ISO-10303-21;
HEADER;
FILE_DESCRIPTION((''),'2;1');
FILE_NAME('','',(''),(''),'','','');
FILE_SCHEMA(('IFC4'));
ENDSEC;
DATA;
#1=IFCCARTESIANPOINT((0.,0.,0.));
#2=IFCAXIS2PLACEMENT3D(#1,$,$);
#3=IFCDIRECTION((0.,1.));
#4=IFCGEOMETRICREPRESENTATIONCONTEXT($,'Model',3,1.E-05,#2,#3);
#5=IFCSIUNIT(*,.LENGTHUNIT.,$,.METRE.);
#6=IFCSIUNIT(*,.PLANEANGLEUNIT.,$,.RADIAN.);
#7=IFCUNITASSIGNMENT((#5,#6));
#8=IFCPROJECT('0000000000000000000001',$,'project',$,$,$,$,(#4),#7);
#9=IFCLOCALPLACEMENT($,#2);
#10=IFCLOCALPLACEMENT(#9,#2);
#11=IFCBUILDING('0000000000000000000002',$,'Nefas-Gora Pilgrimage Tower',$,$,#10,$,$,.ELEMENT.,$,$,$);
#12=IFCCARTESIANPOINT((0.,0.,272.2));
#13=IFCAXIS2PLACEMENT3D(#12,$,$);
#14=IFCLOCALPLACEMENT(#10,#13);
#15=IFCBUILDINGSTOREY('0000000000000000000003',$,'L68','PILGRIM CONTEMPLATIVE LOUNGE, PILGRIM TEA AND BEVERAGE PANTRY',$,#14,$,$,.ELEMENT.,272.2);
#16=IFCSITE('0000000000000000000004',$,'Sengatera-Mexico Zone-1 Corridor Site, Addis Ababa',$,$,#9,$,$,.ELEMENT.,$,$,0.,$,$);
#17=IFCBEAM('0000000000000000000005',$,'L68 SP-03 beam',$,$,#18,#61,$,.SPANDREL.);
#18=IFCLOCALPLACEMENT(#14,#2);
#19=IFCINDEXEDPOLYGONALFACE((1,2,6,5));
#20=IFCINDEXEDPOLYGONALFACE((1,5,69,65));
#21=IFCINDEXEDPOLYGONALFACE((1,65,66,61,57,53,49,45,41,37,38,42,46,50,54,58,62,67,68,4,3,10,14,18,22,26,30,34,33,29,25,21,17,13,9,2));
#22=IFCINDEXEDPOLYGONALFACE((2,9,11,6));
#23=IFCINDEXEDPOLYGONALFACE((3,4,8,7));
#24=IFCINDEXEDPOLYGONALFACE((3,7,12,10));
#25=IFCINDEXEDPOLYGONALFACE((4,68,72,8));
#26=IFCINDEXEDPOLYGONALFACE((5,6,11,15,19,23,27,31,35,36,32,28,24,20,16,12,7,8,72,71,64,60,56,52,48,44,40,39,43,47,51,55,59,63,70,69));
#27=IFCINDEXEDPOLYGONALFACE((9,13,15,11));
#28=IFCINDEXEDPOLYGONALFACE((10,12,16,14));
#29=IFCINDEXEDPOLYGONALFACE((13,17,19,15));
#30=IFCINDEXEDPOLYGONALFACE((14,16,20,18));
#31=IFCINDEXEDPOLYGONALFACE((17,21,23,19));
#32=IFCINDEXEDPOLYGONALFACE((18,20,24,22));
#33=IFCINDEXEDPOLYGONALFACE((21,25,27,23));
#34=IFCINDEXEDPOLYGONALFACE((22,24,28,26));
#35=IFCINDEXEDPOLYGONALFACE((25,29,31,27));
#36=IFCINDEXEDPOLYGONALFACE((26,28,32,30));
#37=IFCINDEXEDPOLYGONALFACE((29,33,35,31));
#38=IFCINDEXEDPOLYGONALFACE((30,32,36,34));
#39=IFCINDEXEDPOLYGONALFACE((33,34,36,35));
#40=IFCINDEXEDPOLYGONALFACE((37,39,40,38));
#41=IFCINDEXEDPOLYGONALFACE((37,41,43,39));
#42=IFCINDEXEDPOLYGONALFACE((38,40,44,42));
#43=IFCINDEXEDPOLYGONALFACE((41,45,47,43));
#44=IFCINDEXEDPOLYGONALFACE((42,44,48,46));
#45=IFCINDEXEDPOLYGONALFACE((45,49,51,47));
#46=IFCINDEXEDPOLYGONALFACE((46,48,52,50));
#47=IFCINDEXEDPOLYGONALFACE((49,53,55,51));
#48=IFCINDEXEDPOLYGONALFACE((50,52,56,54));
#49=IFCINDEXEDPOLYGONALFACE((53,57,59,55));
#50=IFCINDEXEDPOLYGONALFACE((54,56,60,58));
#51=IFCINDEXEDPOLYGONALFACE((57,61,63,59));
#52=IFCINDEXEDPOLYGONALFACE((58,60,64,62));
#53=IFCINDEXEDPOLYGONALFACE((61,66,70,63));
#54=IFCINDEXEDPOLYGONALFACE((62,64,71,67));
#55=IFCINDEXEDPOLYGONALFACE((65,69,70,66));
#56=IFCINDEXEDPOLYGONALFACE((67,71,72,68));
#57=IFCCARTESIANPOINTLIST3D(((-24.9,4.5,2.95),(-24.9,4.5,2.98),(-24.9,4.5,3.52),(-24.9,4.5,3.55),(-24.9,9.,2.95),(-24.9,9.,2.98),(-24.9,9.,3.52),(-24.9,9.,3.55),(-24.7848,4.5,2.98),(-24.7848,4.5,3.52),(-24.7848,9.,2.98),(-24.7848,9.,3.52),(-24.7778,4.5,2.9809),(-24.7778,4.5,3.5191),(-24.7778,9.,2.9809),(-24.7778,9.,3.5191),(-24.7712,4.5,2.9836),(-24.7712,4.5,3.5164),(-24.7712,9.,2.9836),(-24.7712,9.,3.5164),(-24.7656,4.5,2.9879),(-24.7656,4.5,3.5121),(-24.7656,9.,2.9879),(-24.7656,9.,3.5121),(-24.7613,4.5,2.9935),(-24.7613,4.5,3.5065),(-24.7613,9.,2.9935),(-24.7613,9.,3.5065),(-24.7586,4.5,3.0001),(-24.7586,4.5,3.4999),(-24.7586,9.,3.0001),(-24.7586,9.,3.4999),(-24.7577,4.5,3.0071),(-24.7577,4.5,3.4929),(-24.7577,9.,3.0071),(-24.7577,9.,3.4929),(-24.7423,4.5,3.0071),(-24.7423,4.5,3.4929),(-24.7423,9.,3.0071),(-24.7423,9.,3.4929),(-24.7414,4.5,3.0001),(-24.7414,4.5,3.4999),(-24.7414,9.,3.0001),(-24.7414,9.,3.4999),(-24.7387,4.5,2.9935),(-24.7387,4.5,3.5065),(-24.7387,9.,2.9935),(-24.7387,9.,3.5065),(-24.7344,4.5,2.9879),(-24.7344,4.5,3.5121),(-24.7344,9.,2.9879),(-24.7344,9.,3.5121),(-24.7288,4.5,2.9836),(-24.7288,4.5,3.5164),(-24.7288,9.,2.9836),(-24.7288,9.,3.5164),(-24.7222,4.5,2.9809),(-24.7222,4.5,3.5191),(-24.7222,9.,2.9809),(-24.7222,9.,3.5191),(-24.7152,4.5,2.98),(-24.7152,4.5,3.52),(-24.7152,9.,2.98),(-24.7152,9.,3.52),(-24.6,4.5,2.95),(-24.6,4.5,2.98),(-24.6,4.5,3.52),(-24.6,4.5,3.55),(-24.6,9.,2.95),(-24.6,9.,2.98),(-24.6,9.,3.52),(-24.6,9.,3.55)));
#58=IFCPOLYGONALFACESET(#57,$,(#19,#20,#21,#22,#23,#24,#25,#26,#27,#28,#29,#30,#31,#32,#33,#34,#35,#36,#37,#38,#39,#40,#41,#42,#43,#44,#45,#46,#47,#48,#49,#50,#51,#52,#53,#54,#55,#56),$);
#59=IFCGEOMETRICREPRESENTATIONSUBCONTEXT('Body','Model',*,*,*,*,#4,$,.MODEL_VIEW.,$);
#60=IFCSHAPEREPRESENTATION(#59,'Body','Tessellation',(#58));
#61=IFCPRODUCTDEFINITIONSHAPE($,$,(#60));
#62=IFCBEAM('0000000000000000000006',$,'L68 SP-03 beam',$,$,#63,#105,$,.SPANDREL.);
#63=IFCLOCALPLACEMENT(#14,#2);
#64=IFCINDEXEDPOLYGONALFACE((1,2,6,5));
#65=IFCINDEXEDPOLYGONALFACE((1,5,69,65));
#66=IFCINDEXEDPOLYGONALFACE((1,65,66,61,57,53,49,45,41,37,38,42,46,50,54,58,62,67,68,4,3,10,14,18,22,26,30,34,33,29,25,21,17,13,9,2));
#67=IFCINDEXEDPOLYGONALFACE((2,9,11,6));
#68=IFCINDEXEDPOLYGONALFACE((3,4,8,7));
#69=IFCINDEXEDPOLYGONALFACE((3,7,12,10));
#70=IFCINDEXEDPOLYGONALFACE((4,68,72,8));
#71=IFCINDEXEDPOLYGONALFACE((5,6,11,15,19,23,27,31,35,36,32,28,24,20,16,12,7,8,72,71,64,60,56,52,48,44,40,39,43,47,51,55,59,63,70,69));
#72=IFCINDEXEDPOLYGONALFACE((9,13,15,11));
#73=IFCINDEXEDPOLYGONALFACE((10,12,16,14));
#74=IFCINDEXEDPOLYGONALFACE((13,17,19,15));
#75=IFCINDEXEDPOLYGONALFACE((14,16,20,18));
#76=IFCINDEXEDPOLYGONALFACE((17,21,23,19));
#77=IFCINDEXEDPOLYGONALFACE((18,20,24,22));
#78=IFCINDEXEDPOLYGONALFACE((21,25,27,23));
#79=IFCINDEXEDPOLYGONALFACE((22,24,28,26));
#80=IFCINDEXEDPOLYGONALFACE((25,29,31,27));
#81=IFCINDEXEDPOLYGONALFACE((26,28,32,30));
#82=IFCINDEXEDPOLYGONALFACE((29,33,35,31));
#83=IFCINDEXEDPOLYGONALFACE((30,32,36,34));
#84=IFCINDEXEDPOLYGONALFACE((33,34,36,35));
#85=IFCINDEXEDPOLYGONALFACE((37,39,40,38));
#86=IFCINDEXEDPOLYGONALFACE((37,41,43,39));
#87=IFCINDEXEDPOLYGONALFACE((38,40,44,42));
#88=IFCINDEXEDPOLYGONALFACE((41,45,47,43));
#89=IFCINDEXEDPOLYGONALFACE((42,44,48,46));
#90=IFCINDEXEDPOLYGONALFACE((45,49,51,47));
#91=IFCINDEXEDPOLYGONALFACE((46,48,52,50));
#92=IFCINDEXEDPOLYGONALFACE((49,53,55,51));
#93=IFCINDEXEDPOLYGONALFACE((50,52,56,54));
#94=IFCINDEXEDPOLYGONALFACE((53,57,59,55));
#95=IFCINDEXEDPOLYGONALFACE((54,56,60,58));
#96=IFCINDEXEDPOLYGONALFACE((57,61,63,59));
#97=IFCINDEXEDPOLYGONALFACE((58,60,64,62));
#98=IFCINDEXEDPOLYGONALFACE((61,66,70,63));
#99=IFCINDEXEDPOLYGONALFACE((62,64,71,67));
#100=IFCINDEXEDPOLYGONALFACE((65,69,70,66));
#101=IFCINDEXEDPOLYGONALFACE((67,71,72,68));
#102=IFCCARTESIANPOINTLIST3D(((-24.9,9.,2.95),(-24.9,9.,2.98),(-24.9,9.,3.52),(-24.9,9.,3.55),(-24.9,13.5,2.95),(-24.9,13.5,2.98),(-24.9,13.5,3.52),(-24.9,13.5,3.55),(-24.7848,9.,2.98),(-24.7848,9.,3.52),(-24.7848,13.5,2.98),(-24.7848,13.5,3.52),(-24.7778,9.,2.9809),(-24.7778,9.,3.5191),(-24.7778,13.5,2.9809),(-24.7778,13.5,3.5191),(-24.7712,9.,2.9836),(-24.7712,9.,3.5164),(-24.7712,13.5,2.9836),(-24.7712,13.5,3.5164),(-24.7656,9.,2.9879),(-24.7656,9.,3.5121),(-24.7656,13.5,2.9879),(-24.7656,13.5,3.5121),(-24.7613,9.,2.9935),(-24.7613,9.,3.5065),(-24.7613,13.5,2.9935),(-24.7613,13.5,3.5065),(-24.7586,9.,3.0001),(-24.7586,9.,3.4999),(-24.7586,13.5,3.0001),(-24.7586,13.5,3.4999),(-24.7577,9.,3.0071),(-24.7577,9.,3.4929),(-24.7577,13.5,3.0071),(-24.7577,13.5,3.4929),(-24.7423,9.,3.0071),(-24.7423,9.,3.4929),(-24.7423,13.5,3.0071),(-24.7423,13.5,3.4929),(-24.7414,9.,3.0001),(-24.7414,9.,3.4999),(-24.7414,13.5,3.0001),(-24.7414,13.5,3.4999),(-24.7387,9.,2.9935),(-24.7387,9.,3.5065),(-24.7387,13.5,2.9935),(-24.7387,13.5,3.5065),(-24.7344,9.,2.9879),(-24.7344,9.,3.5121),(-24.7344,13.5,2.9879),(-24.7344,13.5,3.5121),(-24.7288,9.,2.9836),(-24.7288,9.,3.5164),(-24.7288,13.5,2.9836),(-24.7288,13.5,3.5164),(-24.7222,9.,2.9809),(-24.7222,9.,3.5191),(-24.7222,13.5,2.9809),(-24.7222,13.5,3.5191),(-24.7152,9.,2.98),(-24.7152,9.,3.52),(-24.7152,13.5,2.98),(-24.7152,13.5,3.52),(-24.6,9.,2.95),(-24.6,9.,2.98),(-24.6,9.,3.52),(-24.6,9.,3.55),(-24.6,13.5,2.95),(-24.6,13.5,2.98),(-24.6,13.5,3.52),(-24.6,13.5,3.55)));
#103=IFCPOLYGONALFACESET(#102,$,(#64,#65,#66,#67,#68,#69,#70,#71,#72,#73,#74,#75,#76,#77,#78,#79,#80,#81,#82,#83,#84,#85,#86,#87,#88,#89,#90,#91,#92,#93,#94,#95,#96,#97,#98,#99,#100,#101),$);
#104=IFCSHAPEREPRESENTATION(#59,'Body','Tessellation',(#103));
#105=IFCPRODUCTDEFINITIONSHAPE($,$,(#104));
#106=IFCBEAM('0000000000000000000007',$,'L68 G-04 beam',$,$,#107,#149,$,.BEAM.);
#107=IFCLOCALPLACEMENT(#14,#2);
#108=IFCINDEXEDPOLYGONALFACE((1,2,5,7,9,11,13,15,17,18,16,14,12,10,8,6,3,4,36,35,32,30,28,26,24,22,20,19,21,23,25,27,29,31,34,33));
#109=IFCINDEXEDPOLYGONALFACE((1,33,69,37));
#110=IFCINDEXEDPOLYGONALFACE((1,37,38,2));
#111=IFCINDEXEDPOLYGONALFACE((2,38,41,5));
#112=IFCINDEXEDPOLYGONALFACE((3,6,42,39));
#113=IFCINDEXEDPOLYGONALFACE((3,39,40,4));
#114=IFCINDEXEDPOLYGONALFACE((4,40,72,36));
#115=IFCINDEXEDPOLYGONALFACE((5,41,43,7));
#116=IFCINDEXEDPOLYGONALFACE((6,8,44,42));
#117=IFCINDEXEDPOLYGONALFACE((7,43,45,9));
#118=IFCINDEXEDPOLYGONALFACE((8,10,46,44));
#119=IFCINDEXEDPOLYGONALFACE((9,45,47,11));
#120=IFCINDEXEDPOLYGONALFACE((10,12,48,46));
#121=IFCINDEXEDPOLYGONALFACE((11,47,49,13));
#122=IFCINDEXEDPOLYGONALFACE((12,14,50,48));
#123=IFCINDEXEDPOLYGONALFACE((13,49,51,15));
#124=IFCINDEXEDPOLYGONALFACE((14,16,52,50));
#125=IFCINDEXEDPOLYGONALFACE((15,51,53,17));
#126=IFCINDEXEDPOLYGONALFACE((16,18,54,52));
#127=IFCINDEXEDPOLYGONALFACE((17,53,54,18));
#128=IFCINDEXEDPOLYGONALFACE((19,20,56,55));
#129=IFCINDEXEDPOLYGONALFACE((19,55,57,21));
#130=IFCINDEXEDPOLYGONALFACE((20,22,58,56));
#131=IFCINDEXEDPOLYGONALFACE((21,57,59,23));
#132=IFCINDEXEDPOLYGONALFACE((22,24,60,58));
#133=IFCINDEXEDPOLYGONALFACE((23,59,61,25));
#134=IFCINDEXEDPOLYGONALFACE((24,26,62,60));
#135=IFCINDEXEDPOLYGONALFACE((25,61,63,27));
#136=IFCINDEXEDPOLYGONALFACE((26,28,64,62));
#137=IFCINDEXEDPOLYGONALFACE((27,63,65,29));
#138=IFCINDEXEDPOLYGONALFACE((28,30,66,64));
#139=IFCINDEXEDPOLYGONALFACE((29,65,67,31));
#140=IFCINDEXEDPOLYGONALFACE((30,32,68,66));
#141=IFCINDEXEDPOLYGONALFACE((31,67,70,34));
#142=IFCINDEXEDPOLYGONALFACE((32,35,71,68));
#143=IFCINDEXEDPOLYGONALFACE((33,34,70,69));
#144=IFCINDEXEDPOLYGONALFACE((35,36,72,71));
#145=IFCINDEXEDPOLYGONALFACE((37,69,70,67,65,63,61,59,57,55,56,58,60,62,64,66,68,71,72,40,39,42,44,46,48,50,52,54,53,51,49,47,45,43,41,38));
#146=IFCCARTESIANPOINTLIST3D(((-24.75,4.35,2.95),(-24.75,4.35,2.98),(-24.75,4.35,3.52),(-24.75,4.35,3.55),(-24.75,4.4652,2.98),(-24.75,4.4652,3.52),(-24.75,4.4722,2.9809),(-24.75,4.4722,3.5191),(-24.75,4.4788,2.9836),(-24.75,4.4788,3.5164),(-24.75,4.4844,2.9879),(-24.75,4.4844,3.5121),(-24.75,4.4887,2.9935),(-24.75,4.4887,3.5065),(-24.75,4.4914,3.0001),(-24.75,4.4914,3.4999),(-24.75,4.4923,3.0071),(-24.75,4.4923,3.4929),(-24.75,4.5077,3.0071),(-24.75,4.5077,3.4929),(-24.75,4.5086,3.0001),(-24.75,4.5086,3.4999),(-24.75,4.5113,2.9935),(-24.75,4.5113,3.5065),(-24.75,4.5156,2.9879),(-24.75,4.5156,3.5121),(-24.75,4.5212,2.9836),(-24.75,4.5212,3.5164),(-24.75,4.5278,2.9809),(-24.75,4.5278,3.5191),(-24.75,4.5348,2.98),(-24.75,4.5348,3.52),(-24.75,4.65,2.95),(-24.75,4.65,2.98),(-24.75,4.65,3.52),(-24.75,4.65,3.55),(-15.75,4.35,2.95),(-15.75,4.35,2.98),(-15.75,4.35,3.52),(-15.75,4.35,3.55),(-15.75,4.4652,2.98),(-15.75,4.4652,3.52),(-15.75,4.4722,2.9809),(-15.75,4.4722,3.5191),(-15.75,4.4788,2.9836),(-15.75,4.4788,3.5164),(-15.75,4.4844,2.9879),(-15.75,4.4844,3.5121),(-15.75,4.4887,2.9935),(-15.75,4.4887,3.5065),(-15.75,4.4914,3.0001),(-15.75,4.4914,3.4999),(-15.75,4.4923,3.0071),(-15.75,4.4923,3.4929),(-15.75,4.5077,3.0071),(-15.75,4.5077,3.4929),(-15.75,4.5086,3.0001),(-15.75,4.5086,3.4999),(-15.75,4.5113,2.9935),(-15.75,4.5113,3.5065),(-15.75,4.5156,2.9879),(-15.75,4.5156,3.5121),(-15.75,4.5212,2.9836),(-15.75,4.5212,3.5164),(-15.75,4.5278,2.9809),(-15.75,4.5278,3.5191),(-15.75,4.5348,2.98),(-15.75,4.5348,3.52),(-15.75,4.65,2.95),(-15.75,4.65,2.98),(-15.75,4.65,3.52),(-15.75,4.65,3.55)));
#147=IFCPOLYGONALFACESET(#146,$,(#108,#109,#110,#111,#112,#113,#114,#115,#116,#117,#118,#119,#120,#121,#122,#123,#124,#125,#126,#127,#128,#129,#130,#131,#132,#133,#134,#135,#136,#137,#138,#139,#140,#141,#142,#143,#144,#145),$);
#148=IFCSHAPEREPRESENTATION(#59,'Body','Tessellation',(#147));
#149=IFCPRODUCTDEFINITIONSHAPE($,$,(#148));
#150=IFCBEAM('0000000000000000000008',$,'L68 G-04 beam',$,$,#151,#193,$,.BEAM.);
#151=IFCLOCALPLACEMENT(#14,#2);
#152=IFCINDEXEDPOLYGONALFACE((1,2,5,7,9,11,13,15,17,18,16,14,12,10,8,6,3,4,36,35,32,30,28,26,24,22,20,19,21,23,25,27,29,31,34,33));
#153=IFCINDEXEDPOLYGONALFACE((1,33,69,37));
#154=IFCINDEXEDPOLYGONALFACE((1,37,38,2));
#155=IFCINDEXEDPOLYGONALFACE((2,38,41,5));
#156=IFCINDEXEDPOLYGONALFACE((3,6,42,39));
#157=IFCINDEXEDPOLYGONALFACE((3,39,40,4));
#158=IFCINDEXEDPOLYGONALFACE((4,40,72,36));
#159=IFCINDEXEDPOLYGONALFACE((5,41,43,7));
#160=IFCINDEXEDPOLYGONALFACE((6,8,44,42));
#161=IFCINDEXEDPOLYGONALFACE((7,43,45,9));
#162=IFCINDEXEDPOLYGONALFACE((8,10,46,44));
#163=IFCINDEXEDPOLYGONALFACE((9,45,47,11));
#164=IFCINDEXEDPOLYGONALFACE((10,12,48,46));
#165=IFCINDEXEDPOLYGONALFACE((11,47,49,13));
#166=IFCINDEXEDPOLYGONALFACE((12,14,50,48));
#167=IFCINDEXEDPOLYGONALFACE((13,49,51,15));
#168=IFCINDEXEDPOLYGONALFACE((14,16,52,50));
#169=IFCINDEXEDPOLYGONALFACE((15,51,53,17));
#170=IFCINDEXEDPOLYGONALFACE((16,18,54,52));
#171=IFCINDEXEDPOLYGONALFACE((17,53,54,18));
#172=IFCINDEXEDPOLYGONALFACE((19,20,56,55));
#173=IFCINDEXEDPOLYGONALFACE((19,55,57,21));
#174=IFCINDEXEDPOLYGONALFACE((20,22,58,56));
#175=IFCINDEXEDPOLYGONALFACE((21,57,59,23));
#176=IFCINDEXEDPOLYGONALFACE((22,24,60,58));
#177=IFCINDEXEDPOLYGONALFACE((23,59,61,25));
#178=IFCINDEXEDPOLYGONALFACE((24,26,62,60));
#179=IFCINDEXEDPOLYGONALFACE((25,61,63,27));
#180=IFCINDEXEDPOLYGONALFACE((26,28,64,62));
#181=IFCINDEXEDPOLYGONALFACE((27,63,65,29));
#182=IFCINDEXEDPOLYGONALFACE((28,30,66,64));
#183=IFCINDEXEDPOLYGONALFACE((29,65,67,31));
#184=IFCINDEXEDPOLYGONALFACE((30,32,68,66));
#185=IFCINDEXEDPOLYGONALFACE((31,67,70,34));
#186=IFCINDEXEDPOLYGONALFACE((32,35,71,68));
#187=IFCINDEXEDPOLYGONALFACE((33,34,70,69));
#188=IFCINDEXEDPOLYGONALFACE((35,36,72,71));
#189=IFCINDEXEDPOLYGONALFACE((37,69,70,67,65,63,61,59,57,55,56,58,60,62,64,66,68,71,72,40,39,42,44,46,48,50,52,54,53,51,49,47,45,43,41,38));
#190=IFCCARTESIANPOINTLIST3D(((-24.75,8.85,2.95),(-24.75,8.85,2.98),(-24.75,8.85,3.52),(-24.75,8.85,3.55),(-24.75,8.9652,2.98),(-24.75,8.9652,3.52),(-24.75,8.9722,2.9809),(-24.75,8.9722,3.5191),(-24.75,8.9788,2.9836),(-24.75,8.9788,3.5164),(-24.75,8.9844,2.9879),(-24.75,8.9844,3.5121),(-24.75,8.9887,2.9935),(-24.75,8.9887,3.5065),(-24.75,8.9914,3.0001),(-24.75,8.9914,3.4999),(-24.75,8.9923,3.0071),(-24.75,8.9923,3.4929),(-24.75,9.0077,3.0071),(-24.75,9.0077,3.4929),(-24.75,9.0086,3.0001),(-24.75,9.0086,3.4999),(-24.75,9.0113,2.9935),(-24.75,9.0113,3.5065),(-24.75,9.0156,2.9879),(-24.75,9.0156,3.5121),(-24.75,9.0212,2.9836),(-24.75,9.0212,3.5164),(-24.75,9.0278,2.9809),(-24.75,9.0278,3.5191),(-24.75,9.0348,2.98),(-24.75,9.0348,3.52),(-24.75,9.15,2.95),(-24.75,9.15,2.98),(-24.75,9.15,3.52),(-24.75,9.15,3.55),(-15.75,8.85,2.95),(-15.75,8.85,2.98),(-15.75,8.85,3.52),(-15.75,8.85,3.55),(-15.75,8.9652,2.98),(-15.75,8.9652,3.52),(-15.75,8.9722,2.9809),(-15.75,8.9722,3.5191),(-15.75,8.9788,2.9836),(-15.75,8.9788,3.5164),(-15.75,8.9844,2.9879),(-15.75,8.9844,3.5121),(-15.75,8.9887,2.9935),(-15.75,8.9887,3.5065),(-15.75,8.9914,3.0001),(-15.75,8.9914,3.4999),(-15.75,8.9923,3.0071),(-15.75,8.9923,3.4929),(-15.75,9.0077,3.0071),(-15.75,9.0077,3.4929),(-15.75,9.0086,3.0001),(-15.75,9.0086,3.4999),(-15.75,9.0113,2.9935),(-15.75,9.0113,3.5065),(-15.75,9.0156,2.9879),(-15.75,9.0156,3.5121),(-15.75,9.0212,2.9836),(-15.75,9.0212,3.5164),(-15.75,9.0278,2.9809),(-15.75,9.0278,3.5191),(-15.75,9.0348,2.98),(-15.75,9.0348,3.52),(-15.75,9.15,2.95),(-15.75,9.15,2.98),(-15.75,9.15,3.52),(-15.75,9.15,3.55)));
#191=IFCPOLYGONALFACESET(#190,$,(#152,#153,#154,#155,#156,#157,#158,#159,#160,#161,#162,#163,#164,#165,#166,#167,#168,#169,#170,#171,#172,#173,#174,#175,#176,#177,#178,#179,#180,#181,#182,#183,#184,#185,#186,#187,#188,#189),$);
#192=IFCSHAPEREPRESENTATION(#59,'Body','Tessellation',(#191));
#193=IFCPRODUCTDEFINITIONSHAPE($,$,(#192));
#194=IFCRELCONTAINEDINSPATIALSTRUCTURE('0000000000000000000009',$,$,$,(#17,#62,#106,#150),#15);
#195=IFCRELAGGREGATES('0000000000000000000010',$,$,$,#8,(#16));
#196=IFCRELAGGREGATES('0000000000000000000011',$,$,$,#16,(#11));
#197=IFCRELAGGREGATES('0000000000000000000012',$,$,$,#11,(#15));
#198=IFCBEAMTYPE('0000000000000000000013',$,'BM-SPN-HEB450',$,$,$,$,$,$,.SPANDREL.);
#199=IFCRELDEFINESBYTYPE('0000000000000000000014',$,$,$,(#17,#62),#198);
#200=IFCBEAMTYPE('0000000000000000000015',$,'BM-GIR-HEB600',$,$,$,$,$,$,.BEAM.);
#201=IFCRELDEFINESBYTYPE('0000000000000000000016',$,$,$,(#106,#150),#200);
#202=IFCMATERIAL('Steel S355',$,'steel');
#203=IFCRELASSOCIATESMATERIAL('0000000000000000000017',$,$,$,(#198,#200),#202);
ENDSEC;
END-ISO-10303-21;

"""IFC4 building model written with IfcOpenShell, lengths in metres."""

from ifc_helpers import new_model, si_unit, direction, frame, origin, origin_2d, place, context, subcontext, project, spatial, i_section, extrude, source, transform, mapped, material, material_profile, profile_set, type_object, element, save


model = new_model("IFC4")

# Units and contexts
model_context = context("Model", 3, precision=1e-05, world=origin(), true_north=direction((0.0, 1.0)))
body_context = subcontext(model_context, "Body", "Model", "MODEL_VIEW")
ifc_project = project(units=[si_unit("LENGTHUNIT", "METRE"), si_unit("PLANEANGLEUNIT", "RADIAN")], contexts=[model_context])

# Site, building, storey
site_placement = place(None, origin())
site = spatial("IfcSite", under=ifc_project, at=site_placement, Name="Sengatera-Mexico Zone-1 Corridor Site, Addis Ababa", CompositionType="ELEMENT", RefElevation=0.0)
building_placement = place(site_placement, origin())
building = spatial("IfcBuilding", under=site, at=building_placement, Name="Nefas-Gora Pilgrimage Tower", CompositionType="ELEMENT")
storey_placement = place(building_placement, frame((0.0, 0.0, 272.2)))
storey = spatial("IfcBuildingStorey", under=building, at=storey_placement, Name="L68", Description="PILGRIM CONTEMPLATIVE LOUNGE, PILGRIM TEA AND BEVERAGE PANTRY", CompositionType="ELEMENT", Elevation=272.2)

# Shared definitions
ifc_material_1 = material(Name="Steel S355", Category="steel")

# Beams
ifc_material_profile_1 = material_profile(ifc_material_1, i_section(OverallWidth=0.3, OverallDepth=0.6001, WebThickness=0.0154, FlangeThickness=0.03, FilletRadius=0.0271, at=origin_2d()), Name="HEB 600")
ifc_profile_set_1 = profile_set([ifc_material_profile_1], Name="Steel S355")
beam_type_1 = type_object("IfcBeamType", Name="BM-SPN-HEB450", PredefinedType="SPANDREL", material=ifc_profile_set_1)
shared_shape_1 = source(origin(), body_context, "Body", "SweptSolid", [
    extrude(i_section(OverallWidth=0.3, OverallDepth=0.6001, WebThickness=0.0154, FlangeThickness=0.03, FilletRadius=0.0271, at=origin_2d()), origin(), (0.0, 0.0, 1.0), 4.5),
])
for number, where, z_axis, x_axis, name in (
    (1, (-24.75, 4.5, 3.25), (0.0, 1.0, 0.0), (-1.0, 0.0, 0.0), "L68 SP-03 beam"),
    (2, (-24.75, 9.0, 3.25), (0.0, 1.0, 0.0), (-1.0, 0.0, 0.0), "L68 SP-03 beam"),
):
    element("IfcBeam", number, at=place(storey_placement, frame(where, z_axis=z_axis, x_axis=x_axis)), inside=storey, type_object=beam_type_1, Name=name, PredefinedType="SPANDREL", context=body_context, shape_type="MappedRepresentation", body=[
        mapped(shared_shape_1, transform((0.0, 0.0, 0.0), x_axis=(1.0, 0.0, 0.0), y_axis=(0.0, 1.0, 0.0), z_axis=(0.0, 0.0, 1.0), scale=1.0)),
    ])
ifc_material_profile_2 = material_profile(ifc_material_1, i_section(OverallWidth=0.3, OverallDepth=0.6001, WebThickness=0.0154, FlangeThickness=0.03, FilletRadius=0.0271, at=origin_2d()), Name="HEB 600")
ifc_profile_set_2 = profile_set([ifc_material_profile_2], Name="Steel S355")
beam_type_2 = type_object("IfcBeamType", Name="BM-GIR-HEB600", PredefinedType="BEAM", material=ifc_profile_set_2)
shared_shape_2 = source(origin(), body_context, "Body", "SweptSolid", [
    extrude(i_section(OverallWidth=0.3, OverallDepth=0.6001, WebThickness=0.0154, FlangeThickness=0.03, FilletRadius=0.0271, at=origin_2d()), origin(), (0.0, 0.0, 1.0), 9.0),
])
for number, where, z_axis, x_axis, name in (
    (3, (-24.75, 4.5, 3.25), (1.0, 0.0, 0.0), (0.0, 1.0, 0.0), "L68 G-04 beam"),
    (4, (-24.75, 9.0, 3.25), (1.0, 0.0, 0.0), (0.0, 1.0, 0.0), "L68 G-04 beam"),
):
    element("IfcBeam", number, at=place(storey_placement, frame(where, z_axis=z_axis, x_axis=x_axis)), inside=storey, type_object=beam_type_2, Name=name, PredefinedType="BEAM", context=body_context, shape_type="MappedRepresentation", body=[
        mapped(shared_shape_2, transform((0.0, 0.0, 0.0), x_axis=(1.0, 0.0, 0.0), y_axis=(0.0, 1.0, 0.0), z_axis=(0.0, 0.0, 1.0), scale=1.0)),
    ])

save(model, "model.ifc")
